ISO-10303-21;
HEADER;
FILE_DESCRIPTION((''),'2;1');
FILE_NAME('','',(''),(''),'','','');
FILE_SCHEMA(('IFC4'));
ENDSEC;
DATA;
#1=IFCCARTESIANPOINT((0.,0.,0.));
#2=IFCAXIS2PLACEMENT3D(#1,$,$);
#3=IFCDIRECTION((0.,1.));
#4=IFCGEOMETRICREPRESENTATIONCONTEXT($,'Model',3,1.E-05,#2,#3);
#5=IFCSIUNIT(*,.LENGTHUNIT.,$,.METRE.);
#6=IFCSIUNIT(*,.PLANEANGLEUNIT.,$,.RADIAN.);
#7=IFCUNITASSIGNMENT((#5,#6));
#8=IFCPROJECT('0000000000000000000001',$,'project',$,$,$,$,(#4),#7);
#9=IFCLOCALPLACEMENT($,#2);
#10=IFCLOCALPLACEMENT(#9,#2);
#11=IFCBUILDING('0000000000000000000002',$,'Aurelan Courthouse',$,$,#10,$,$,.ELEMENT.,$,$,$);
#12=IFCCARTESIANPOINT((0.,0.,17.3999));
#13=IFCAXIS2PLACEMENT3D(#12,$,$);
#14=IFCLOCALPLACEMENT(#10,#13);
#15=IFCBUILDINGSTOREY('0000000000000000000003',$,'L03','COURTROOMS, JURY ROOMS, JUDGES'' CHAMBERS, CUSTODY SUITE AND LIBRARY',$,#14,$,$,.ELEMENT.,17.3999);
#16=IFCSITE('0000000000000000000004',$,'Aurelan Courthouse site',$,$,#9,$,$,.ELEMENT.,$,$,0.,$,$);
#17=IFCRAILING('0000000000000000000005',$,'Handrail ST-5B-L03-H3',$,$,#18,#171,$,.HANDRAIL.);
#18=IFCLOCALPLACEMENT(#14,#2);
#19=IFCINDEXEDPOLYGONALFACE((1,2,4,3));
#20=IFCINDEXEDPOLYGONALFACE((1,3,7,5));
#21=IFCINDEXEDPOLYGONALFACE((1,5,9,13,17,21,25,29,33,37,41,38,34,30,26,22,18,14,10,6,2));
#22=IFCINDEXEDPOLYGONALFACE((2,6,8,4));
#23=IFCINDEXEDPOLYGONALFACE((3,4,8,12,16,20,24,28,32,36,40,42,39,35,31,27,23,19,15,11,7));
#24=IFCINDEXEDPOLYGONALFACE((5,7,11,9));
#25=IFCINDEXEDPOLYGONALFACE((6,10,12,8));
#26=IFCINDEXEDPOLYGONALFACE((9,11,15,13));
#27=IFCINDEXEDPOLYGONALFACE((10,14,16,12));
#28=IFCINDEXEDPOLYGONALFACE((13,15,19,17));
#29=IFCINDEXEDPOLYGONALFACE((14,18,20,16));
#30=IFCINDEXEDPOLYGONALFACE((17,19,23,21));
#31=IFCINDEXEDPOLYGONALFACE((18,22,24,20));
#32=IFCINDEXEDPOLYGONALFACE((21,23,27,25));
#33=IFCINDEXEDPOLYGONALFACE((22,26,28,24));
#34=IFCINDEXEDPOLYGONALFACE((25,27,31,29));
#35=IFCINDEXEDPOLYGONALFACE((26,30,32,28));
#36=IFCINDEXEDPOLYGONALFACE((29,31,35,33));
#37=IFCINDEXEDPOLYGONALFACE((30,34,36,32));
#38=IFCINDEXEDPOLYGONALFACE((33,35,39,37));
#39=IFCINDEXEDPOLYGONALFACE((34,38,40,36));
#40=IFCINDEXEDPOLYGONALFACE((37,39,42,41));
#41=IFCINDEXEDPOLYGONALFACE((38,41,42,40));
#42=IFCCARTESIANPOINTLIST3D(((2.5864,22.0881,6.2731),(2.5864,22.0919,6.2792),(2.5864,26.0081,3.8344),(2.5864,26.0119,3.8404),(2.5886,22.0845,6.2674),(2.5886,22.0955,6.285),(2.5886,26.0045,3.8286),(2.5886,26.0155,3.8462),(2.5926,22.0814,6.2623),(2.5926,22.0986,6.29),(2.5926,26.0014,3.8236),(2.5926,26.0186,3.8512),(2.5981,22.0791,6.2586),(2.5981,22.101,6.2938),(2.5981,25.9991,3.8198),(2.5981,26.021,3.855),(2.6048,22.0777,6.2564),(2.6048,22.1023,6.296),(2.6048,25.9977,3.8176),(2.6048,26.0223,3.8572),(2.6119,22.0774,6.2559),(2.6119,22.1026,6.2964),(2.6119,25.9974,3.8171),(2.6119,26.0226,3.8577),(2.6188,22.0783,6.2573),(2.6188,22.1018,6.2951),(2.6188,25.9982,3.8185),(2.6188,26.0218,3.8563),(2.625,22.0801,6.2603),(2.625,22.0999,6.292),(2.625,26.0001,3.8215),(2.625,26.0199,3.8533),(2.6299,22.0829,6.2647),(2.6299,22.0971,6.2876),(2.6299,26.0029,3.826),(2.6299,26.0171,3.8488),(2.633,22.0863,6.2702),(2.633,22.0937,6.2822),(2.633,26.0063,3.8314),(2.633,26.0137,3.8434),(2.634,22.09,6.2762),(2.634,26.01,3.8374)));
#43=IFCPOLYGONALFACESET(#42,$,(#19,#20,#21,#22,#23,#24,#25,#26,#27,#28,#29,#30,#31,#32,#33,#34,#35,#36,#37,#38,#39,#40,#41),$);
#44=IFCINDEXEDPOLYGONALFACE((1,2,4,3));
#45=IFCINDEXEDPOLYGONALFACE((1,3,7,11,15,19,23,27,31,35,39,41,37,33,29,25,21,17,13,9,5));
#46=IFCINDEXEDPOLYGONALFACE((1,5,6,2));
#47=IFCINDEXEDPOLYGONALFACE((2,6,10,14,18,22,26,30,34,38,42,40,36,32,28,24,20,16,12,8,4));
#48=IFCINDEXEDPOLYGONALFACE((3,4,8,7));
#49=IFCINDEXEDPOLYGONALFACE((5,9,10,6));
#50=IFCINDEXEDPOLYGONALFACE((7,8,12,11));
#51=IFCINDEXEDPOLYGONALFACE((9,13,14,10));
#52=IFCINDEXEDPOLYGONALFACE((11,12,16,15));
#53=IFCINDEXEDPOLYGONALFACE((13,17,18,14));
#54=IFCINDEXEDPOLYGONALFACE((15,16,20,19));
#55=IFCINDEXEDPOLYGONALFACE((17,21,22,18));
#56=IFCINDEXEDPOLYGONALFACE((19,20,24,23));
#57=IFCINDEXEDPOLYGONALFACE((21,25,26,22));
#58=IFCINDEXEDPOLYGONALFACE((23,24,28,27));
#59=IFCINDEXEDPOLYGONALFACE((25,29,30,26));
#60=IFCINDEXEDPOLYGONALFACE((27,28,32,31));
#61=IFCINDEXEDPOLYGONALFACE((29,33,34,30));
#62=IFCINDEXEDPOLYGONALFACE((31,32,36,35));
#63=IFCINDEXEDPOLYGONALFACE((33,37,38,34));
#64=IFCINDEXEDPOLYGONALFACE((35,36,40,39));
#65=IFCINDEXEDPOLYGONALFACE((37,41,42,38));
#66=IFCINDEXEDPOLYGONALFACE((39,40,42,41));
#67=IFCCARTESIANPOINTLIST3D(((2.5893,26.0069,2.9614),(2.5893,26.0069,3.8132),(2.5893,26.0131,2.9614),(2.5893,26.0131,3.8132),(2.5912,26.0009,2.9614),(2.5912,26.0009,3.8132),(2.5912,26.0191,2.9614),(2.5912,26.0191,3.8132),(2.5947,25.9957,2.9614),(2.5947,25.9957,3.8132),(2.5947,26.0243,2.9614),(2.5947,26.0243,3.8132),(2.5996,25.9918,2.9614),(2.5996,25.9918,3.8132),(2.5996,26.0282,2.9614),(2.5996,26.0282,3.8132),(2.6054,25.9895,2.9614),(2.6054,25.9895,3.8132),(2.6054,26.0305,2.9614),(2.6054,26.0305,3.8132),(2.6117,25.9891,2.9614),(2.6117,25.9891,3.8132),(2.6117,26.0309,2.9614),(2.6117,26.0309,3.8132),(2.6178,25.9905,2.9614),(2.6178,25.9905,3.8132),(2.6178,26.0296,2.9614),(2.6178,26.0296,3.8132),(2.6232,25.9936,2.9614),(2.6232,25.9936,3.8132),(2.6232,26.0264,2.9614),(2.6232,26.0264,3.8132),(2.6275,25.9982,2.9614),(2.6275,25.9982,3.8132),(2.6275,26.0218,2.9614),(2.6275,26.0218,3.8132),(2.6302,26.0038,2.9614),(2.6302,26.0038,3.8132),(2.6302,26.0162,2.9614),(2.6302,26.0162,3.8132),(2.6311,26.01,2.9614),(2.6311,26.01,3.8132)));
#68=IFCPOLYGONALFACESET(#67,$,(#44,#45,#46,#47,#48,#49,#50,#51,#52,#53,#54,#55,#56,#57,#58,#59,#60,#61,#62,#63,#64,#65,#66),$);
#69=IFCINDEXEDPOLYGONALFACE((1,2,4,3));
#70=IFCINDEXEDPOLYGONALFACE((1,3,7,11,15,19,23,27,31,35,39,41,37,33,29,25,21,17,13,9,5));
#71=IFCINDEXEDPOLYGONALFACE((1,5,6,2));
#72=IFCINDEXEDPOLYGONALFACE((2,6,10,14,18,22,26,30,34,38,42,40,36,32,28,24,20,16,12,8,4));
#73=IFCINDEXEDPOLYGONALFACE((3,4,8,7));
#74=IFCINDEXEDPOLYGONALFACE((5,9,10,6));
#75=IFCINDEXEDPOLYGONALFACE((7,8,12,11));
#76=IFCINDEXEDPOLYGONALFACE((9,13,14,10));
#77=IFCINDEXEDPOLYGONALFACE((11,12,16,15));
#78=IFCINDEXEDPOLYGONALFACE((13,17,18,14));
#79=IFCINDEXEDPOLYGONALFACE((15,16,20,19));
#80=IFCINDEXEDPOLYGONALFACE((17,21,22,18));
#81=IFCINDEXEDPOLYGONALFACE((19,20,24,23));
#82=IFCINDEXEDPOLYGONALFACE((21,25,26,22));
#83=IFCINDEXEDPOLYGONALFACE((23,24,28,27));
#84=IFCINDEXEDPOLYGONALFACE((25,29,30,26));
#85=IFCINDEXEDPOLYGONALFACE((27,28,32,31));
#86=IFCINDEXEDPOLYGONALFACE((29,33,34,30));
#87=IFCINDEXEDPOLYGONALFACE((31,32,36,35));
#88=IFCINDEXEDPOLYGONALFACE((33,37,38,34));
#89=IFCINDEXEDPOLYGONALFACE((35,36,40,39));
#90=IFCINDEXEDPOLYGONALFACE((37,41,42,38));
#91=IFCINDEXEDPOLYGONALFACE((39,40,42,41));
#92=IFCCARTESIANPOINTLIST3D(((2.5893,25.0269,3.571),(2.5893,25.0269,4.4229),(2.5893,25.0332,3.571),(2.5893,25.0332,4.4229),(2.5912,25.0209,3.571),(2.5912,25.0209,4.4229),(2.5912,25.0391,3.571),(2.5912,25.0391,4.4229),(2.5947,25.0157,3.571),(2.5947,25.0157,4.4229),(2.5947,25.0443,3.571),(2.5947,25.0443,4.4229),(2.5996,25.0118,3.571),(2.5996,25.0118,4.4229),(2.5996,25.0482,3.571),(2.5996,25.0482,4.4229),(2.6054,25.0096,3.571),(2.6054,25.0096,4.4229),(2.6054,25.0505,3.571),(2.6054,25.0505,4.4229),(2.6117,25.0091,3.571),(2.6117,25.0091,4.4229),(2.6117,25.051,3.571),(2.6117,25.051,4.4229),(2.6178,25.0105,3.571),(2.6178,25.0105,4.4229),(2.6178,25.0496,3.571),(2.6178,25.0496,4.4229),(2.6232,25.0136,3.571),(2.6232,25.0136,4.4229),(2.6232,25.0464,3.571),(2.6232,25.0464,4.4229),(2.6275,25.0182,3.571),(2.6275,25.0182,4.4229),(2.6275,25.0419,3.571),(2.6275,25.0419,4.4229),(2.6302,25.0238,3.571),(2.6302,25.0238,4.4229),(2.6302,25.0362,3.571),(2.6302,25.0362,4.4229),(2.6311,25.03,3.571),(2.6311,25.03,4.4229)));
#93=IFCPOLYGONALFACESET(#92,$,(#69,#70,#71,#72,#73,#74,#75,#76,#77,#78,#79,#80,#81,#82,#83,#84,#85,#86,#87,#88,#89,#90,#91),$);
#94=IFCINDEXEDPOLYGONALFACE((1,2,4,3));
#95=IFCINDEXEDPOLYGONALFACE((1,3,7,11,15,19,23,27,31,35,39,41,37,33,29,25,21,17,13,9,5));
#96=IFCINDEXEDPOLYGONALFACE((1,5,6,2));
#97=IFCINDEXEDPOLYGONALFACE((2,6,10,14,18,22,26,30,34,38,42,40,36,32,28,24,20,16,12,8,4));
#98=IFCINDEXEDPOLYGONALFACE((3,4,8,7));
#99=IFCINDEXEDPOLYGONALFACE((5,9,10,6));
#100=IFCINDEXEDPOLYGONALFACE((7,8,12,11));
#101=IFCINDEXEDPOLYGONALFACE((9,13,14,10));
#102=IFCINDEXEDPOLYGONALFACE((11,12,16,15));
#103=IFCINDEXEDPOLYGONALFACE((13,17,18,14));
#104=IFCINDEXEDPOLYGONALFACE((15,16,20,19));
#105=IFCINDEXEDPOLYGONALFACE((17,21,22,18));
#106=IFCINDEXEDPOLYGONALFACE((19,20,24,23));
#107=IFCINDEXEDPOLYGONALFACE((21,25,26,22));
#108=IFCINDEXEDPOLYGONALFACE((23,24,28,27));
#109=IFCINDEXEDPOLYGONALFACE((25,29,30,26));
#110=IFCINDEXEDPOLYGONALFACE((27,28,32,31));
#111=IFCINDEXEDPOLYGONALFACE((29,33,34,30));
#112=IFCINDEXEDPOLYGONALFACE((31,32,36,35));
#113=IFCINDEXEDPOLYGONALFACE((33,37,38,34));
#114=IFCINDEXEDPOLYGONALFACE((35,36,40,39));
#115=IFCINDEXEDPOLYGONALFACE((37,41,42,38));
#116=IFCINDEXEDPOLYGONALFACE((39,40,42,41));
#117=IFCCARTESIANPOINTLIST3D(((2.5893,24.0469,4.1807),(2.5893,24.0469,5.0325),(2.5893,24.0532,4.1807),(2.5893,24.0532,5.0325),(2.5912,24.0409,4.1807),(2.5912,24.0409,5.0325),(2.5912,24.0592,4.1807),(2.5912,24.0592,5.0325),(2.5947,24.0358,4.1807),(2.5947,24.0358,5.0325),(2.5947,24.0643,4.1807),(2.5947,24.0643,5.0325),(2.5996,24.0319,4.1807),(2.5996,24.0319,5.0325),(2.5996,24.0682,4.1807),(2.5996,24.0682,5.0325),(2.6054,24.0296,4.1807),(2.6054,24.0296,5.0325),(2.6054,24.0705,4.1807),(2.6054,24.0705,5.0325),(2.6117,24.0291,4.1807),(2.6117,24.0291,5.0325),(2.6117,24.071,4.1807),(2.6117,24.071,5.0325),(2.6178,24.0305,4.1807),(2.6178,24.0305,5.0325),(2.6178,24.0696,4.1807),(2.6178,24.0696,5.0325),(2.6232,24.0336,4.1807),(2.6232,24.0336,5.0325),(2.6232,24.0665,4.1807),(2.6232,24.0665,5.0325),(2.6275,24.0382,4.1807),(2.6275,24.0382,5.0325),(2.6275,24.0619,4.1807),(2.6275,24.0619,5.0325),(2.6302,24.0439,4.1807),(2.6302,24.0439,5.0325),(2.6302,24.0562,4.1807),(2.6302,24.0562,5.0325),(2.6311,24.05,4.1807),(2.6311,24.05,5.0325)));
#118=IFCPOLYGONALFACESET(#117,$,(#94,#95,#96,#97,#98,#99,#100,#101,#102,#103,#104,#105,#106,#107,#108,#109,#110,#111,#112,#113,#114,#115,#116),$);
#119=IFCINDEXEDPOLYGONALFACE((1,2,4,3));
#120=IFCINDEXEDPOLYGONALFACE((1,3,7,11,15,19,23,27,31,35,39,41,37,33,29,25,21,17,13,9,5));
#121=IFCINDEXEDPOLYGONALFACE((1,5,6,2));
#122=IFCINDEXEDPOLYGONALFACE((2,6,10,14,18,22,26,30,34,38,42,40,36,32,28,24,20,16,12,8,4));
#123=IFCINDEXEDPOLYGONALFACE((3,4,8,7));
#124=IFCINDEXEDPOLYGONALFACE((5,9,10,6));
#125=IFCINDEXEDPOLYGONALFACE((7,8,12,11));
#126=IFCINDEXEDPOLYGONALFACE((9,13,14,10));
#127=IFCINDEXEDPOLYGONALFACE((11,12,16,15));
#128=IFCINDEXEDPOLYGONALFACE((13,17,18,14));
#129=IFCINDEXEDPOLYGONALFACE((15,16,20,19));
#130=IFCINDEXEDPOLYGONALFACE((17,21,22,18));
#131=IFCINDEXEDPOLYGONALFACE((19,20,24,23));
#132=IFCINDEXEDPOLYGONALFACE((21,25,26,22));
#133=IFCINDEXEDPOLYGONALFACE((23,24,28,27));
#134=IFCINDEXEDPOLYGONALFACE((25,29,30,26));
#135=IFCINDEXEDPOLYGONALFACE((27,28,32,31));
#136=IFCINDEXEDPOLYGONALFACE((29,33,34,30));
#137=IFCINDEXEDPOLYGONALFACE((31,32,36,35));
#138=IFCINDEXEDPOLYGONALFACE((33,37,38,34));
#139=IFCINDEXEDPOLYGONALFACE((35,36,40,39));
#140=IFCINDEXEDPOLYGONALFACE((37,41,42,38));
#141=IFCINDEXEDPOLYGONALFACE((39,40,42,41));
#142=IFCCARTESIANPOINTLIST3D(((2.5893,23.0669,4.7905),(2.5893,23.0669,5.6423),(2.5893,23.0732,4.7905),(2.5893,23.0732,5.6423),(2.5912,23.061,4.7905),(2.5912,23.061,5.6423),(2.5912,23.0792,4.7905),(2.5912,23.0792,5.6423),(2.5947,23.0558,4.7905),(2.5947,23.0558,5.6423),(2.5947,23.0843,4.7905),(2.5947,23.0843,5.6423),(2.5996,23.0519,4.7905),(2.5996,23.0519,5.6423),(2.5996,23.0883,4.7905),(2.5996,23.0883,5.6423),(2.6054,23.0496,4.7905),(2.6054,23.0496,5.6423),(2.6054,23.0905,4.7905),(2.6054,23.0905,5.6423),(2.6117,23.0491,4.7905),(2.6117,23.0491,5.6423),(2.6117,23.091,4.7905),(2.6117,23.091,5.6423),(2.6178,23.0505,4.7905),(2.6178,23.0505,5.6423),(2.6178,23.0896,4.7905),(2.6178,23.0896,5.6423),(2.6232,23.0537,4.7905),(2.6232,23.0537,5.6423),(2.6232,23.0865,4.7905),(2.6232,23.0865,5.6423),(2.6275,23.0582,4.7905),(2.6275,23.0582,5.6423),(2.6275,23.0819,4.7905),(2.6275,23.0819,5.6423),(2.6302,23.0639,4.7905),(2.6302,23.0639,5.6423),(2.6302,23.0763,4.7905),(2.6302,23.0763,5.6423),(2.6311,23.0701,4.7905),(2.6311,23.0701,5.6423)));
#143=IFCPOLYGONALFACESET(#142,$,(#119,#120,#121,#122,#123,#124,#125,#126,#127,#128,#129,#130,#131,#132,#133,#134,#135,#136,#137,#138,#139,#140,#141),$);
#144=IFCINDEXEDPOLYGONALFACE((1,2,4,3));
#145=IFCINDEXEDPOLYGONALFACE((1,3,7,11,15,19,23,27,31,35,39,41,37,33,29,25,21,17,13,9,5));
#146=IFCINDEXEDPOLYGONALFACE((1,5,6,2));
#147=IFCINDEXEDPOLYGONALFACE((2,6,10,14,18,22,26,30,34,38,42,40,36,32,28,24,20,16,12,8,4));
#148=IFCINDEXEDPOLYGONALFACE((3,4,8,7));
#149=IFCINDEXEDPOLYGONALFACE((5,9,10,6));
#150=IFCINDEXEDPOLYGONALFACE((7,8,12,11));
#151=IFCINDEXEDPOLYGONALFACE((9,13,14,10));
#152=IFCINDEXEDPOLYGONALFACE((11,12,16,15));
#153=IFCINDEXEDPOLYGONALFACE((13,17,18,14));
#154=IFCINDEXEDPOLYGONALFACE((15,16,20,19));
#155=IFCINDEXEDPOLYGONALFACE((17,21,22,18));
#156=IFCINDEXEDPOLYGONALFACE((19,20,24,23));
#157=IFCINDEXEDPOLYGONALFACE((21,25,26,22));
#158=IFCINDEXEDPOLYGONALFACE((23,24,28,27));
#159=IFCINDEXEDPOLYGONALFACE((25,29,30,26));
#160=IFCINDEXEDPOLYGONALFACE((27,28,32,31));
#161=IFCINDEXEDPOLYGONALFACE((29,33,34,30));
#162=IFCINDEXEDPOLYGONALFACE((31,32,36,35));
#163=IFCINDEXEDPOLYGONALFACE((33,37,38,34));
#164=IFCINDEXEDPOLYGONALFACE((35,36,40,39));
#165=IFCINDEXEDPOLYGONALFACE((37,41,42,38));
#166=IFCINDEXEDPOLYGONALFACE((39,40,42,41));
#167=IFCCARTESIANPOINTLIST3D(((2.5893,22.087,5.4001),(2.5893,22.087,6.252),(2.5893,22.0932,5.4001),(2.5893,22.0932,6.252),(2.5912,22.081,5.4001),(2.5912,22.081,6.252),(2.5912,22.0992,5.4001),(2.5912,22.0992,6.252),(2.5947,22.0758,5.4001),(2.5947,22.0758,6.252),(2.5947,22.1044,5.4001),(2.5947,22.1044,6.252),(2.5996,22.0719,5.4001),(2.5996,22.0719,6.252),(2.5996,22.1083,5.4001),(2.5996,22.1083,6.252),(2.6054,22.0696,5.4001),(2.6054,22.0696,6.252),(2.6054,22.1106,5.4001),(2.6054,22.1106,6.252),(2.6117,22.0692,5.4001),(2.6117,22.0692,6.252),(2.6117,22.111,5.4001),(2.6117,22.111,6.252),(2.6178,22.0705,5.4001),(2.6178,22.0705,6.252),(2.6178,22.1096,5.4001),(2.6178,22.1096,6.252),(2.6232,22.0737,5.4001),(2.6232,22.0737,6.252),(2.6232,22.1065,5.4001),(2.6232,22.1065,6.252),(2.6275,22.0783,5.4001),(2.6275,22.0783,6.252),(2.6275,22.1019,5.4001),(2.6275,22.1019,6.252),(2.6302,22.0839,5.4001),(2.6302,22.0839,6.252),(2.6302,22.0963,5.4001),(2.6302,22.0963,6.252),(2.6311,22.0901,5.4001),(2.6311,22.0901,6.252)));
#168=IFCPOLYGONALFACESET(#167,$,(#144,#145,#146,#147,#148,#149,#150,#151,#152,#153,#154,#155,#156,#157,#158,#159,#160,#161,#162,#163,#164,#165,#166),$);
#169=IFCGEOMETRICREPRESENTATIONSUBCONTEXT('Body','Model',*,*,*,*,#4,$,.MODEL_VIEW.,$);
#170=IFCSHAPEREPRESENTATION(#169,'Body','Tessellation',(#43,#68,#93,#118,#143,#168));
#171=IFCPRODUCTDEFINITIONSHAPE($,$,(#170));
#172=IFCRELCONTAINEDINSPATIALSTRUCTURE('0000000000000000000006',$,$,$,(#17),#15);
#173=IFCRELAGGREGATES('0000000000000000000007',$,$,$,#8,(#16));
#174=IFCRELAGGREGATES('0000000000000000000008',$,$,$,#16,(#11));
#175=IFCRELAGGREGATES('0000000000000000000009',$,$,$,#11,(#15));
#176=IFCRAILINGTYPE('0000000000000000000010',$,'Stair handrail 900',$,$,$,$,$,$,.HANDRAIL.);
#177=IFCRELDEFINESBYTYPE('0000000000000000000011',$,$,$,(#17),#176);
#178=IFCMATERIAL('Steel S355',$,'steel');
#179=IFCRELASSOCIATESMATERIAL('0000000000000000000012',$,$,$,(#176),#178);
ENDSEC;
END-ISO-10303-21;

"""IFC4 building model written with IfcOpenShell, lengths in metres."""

from ifc_helpers import new_model, si_unit, direction, frame, origin, origin_2d, place, context, subcontext, project, spatial, circle, extrude, material, type_object, element, save


model = new_model("IFC4")

# Units and contexts
model_context = context("Model", 3, precision=1e-05, world=origin(), true_north=direction((0.0, 1.0)))
body_context = subcontext(model_context, "Body", "Model", "MODEL_VIEW")
ifc_project = project(units=[si_unit("LENGTHUNIT", "METRE"), si_unit("PLANEANGLEUNIT", "RADIAN")], contexts=[model_context])

# Site, building, storey
site_placement = place(None, origin())
site = spatial("IfcSite", under=ifc_project, at=site_placement, Name="Aurelan Courthouse site", CompositionType="ELEMENT", RefElevation=0.0)
building_placement = place(site_placement, origin())
building = spatial("IfcBuilding", under=site, at=building_placement, Name="Aurelan Courthouse", CompositionType="ELEMENT")
storey_placement = place(building_placement, frame((0.0, 0.0, 17.3999)))
storey = spatial("IfcBuildingStorey", under=building, at=storey_placement, Name="L03", Description="COURTROOMS, JURY ROOMS, JUDGES' CHAMBERS, CUSTODY SUITE AND LIBRARY", CompositionType="ELEMENT", Elevation=17.3999)

# Railing
ifc_material_1 = material(Name="Steel S355", Category="steel")
railing_type_1 = type_object("IfcRailingType", Name="Stair handrail 900", PredefinedType="HANDRAIL", material=ifc_material_1)
for number, where, name in (
    (1, (2.6101, 26.01, 2.9614), "Handrail ST-5B-L03-H3"),
):
    element("IfcRailing", number, at=place(storey_placement, frame(where)), inside=storey, type_object=railing_type_1, Name=name, PredefinedType="HANDRAIL", context=body_context, shape_type="SweptSolid", body=[
        extrude(circle(Radius=0.0239, at=origin_2d()), frame((0.0, 0.0, 0.876), z_axis=(0.0, -0.84909, 0.528249), x_axis=(1.0, 0.0, 0.0)), (0.0, 0.0, 1.0), 4.6167),
        extrude(circle(Radius=0.021, at=origin_2d()), origin(), (0.0, 0.0, 1.0), 0.8518),
        extrude(circle(Radius=0.021, at=origin_2d()), frame((0.0, -0.98, 0.6096)), (0.0, 0.0, 1.0), 0.8518),
        extrude(circle(Radius=0.021, at=origin_2d()), frame((0.0, -1.96, 1.2192)), (0.0, 0.0, 1.0), 0.8518),
        extrude(circle(Radius=0.021, at=origin_2d()), frame((0.0, -2.9399, 1.8291)), (0.0, 0.0, 1.0), 0.8518),
        extrude(circle(Radius=0.021, at=origin_2d()), frame((0.0, -3.9199, 2.4387)), (0.0, 0.0, 1.0), 0.8518),
    ])

save(model, "model.ifc")
